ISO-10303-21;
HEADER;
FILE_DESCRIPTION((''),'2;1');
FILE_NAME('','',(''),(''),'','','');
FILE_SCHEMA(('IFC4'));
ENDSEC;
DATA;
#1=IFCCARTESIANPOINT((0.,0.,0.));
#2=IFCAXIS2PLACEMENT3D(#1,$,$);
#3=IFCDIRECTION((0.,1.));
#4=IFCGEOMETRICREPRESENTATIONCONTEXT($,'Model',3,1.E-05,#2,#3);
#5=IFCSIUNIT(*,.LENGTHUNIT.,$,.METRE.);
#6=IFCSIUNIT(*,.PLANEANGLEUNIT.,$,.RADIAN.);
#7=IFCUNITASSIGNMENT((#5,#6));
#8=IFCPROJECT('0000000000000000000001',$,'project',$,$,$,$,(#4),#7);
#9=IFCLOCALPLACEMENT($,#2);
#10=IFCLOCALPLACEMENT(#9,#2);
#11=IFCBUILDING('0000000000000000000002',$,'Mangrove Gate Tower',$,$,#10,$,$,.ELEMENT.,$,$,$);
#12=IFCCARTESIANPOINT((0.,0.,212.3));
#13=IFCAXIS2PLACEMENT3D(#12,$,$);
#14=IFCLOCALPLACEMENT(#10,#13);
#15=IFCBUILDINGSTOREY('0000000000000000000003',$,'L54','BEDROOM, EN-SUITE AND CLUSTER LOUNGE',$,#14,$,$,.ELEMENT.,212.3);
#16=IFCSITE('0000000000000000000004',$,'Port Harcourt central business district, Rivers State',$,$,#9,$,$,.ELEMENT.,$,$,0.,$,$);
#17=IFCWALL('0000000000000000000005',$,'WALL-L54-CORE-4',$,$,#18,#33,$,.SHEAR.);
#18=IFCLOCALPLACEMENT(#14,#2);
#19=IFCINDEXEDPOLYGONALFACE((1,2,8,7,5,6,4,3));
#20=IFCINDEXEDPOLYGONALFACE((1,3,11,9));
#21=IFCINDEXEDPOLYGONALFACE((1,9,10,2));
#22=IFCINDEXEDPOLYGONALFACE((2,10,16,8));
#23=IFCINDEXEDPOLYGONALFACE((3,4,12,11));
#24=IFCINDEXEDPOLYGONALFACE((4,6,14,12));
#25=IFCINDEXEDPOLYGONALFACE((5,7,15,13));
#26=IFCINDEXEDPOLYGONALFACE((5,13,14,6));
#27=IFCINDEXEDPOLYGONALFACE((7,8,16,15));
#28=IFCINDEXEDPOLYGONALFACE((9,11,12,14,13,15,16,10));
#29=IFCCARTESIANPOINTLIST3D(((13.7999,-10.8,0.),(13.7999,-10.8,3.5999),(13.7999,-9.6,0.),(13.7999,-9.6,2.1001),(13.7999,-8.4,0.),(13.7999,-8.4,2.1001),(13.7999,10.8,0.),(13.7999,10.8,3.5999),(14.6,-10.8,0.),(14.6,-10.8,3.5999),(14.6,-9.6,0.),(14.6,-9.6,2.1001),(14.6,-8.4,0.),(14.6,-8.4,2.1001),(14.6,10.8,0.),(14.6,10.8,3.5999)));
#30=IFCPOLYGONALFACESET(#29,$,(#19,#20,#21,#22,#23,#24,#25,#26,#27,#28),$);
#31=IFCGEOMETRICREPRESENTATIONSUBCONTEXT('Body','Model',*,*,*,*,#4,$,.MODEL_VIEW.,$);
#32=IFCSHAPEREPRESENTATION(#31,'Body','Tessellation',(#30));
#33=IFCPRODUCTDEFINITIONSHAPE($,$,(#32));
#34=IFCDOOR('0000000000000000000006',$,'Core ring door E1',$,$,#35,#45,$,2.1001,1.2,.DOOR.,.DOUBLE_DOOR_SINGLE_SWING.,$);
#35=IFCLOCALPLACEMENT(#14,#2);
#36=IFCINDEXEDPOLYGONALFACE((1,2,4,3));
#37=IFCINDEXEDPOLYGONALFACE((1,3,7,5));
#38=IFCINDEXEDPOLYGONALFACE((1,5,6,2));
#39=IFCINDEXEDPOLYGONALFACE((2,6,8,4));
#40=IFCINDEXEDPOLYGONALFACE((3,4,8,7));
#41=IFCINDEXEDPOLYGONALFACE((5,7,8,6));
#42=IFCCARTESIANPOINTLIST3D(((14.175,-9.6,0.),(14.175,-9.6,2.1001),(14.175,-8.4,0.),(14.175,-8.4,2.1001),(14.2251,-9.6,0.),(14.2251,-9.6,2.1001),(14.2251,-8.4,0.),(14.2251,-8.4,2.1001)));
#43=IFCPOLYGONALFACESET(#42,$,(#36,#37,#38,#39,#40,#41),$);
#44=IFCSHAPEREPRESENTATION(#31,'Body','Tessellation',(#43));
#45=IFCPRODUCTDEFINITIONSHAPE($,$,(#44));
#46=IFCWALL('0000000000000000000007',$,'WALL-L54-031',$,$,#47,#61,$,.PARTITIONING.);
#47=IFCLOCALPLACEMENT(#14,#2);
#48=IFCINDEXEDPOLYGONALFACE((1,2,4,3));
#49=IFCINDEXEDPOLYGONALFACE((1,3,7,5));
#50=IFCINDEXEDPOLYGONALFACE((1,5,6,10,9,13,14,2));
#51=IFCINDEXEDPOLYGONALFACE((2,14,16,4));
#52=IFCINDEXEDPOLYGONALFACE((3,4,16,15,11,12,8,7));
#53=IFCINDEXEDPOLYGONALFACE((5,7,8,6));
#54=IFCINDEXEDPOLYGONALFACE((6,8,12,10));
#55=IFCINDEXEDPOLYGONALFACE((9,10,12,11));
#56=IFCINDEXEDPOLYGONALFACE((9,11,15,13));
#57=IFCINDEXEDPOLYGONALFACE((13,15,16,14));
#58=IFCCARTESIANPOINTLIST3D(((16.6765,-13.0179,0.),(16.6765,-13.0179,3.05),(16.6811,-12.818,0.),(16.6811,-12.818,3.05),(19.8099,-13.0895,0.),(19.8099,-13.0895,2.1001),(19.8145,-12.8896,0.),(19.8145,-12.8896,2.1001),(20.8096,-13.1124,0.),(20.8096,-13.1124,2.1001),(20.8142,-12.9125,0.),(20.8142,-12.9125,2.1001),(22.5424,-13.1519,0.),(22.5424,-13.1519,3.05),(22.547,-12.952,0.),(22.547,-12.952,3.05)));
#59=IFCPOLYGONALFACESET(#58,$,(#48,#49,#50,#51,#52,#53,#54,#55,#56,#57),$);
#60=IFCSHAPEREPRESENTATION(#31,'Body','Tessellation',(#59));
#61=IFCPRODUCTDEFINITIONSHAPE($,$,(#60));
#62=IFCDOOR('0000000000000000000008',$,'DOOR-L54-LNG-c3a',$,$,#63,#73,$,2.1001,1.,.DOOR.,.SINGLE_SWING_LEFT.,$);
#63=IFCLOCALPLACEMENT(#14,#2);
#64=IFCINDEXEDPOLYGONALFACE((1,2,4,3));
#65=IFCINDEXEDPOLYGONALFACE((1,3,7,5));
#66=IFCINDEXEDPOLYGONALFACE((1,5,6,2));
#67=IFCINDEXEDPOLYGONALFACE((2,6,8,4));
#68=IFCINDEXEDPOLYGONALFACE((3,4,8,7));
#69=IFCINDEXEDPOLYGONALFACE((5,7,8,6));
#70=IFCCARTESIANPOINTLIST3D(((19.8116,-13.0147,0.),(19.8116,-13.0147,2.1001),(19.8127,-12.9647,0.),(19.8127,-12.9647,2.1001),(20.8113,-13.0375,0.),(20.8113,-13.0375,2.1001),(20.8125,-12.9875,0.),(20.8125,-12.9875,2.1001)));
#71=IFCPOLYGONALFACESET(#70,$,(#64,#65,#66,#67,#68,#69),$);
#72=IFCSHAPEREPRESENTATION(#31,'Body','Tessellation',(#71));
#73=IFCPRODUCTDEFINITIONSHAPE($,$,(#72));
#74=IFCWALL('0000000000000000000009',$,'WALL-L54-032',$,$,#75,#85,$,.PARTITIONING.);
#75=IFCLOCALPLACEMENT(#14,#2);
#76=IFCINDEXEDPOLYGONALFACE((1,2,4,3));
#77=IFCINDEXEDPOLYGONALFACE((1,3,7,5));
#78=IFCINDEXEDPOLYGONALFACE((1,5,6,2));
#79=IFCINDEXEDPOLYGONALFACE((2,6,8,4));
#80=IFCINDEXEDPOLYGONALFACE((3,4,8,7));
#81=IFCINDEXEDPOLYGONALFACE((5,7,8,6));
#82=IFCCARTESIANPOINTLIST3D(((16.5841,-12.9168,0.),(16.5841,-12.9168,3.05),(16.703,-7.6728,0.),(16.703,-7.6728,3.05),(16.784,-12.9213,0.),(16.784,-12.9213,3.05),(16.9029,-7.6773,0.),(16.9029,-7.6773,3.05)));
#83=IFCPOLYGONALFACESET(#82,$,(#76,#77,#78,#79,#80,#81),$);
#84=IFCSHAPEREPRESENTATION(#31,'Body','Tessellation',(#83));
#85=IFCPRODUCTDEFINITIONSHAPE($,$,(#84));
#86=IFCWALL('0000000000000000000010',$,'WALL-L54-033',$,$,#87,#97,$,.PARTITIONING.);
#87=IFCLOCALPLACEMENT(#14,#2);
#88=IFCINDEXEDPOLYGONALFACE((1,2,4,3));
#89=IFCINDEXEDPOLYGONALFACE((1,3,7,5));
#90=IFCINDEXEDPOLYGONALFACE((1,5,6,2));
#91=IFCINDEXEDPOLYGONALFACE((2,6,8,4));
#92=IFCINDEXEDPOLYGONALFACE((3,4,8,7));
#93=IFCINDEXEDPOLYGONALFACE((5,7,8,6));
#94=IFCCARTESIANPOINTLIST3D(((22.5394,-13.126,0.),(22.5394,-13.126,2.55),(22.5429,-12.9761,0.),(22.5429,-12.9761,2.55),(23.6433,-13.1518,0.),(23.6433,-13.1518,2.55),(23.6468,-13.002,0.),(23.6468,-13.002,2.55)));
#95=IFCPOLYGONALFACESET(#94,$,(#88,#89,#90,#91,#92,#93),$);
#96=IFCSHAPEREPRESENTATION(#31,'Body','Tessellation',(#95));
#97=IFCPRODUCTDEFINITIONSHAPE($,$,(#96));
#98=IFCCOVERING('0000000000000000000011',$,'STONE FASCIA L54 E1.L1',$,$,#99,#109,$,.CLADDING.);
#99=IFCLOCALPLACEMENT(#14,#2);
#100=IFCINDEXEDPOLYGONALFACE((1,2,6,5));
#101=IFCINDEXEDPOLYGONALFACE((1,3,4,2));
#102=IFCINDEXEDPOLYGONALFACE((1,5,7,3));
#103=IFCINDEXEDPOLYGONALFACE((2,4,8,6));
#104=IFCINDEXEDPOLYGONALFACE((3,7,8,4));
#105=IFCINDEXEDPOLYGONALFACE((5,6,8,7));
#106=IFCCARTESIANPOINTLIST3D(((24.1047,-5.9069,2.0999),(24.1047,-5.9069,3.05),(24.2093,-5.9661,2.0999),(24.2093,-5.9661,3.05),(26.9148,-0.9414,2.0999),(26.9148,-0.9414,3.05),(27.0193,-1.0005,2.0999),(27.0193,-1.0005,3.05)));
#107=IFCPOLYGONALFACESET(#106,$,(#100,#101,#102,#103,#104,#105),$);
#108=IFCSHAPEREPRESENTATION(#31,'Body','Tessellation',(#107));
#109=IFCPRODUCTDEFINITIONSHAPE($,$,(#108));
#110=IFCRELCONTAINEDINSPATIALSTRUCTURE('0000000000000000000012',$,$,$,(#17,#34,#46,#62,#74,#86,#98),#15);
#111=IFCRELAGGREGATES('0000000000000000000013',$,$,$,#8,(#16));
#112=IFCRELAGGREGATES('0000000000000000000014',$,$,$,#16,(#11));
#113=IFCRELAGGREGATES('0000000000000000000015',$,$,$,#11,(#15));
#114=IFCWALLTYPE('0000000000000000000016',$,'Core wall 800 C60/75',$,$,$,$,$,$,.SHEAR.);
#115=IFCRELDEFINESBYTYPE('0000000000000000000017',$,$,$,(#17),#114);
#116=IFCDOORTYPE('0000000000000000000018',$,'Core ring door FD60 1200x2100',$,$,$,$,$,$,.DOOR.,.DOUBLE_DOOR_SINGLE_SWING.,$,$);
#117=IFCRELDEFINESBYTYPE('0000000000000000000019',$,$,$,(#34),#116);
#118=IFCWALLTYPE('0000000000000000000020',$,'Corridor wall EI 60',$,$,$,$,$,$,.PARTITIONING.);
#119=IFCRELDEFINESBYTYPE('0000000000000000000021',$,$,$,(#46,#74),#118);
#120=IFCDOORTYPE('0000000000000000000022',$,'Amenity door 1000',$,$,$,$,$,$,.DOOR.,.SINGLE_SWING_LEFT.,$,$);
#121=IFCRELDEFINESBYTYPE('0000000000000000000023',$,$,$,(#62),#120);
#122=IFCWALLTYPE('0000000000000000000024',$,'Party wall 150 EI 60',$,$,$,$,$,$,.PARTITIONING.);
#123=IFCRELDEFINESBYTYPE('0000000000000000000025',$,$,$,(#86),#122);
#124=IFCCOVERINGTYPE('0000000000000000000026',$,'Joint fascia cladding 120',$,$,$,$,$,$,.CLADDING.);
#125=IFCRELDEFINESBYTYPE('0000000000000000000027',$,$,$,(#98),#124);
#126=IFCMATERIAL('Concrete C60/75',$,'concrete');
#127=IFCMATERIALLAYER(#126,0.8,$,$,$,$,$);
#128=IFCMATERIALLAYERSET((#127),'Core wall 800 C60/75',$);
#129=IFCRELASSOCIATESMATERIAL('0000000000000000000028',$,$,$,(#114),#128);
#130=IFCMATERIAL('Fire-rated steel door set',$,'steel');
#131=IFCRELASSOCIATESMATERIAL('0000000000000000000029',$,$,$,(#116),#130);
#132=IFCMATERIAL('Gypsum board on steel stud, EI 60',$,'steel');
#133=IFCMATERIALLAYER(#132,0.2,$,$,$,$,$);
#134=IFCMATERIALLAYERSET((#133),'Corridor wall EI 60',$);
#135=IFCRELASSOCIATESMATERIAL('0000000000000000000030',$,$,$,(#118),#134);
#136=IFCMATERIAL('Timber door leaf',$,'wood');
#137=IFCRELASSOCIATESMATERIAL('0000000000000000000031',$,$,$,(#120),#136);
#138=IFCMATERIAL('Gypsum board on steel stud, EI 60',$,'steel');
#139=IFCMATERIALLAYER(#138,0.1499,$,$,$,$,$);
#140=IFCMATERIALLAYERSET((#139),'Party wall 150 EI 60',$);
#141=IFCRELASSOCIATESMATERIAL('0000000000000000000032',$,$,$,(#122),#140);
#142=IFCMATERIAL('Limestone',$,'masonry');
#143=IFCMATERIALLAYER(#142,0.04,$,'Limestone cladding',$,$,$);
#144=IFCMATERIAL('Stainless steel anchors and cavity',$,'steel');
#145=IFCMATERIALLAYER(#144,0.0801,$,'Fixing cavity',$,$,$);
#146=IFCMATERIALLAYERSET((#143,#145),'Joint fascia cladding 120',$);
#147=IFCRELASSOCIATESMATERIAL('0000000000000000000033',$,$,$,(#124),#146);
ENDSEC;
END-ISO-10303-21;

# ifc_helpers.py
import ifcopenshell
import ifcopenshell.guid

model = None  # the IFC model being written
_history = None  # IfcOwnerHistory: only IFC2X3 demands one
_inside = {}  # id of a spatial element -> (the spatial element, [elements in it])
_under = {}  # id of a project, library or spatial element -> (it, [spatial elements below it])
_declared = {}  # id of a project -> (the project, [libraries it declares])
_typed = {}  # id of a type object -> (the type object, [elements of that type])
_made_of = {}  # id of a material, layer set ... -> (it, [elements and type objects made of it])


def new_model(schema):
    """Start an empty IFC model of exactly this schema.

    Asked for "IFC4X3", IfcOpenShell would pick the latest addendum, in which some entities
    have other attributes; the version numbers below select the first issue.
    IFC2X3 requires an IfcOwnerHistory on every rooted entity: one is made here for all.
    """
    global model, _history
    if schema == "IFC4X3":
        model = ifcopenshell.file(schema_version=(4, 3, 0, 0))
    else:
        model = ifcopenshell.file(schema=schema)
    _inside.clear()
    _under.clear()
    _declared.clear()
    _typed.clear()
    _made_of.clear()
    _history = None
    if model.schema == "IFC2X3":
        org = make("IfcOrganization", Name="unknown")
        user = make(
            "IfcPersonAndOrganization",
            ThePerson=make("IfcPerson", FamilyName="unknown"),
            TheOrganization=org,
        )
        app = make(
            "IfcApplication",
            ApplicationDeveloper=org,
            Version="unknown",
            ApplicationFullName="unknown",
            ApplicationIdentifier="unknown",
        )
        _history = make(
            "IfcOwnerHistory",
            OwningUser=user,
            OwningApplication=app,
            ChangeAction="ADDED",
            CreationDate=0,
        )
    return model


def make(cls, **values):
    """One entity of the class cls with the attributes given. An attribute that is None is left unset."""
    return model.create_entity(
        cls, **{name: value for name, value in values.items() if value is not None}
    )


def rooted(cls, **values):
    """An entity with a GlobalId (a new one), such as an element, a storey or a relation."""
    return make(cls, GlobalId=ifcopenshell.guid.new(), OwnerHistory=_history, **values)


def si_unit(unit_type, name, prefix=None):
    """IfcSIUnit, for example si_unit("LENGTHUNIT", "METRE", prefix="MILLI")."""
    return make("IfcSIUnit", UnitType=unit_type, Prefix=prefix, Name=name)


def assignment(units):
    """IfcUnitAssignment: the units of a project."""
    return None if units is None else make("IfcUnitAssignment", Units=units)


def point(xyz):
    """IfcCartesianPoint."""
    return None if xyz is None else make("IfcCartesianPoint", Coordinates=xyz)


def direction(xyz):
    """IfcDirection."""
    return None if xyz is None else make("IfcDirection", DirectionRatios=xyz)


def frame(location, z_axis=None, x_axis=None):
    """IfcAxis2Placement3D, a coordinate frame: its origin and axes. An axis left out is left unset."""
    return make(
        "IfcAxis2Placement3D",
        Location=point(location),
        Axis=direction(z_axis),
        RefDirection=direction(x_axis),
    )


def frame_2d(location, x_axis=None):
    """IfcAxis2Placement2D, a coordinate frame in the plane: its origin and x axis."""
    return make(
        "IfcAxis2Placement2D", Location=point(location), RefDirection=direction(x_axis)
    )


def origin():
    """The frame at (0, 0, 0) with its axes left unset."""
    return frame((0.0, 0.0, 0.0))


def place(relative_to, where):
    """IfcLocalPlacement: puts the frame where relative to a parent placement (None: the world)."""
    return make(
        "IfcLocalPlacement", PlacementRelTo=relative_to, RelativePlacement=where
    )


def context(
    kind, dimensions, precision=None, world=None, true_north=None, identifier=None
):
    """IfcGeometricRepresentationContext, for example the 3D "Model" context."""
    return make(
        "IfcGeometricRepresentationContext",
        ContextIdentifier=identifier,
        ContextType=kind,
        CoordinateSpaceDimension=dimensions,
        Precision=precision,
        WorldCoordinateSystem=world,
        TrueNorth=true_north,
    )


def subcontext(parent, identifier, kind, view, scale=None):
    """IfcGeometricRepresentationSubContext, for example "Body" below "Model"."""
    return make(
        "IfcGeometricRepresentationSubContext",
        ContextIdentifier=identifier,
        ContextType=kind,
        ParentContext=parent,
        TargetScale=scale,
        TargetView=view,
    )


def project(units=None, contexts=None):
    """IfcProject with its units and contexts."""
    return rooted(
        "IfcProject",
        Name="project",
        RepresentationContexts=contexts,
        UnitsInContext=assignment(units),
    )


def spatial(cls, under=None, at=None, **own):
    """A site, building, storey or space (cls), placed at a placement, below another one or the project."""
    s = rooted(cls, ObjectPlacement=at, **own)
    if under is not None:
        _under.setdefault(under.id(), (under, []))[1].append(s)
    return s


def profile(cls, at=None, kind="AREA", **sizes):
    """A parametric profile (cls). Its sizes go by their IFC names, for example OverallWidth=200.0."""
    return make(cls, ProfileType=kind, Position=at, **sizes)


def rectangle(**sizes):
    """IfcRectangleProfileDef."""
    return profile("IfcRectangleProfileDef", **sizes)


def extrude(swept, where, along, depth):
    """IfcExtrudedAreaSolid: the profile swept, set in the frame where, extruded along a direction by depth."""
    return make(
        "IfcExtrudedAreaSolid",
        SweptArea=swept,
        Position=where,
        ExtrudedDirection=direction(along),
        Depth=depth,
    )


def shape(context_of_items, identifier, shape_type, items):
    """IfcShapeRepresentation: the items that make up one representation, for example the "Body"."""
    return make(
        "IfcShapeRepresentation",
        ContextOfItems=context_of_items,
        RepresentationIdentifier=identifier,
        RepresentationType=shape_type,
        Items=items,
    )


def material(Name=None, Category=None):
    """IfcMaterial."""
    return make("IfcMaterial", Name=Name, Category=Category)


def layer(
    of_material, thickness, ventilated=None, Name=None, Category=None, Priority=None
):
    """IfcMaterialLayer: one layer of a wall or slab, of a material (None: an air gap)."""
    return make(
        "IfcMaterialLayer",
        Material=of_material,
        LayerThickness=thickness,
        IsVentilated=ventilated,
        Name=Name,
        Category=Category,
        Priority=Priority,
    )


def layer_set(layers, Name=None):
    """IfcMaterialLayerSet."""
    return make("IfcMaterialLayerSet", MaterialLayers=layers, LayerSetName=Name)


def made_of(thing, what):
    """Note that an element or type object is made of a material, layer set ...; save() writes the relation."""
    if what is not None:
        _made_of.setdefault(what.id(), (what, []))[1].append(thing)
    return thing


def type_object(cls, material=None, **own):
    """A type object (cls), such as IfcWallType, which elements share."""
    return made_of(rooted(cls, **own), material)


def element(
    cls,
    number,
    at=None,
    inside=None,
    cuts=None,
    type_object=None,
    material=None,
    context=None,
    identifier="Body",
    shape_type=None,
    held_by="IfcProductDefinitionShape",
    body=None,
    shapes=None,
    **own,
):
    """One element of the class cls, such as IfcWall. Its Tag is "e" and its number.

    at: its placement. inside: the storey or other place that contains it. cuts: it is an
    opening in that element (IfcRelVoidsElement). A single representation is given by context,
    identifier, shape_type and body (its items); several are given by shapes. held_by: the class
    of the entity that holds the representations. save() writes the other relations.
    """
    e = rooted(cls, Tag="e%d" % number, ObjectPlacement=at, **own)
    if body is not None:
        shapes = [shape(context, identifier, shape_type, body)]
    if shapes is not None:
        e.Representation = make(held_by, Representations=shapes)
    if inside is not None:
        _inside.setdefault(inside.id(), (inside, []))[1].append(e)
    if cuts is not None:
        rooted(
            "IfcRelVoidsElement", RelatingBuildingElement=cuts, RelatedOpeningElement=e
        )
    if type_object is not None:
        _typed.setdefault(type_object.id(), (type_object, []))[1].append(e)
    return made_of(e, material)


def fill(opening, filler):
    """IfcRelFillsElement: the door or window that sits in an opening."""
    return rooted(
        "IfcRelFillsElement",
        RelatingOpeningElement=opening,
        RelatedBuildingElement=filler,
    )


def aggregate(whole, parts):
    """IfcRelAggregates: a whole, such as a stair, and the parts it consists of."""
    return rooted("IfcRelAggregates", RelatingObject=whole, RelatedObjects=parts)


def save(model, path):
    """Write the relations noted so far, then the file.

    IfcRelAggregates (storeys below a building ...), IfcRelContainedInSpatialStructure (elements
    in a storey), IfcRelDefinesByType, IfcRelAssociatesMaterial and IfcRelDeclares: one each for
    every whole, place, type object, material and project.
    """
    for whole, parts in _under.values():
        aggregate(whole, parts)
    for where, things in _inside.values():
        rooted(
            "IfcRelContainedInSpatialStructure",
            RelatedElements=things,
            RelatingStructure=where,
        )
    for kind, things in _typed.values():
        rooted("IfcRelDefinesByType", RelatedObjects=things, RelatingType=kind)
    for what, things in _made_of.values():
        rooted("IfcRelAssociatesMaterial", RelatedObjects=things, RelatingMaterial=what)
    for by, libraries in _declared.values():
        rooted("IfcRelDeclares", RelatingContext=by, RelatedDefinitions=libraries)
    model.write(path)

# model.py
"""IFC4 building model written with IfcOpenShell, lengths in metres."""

from ifc_helpers import new_model, si_unit, direction, frame, frame_2d, origin, place, context, subcontext, project, spatial, rectangle, extrude, material, layer, layer_set, type_object, element, fill, save


model = new_model("IFC4")

# Units and contexts
model_context = context("Model", 3, precision=1e-05, world=origin(), true_north=direction((0.0, 1.0)))
body_context = subcontext(model_context, "Body", "Model", "MODEL_VIEW")
ifc_project = project(units=[si_unit("LENGTHUNIT", "METRE"), si_unit("PLANEANGLEUNIT", "RADIAN")], contexts=[model_context])

# Site, building, storey
site_placement = place(None, origin())
site = spatial("IfcSite", under=ifc_project, at=site_placement, Name="Port Harcourt central business district, Rivers State", CompositionType="ELEMENT", RefElevation=0.0)
building_placement = place(site_placement, origin())
building = spatial("IfcBuilding", under=site, at=building_placement, Name="Mangrove Gate Tower", CompositionType="ELEMENT")
storey_placement = place(building_placement, frame((0.0, 0.0, 212.3)))
storey = spatial("IfcBuildingStorey", under=building, at=storey_placement, Name="L54", Description="BEDROOM, EN-SUITE AND CLUSTER LOUNGE", CompositionType="ELEMENT", Elevation=212.3)

# Walls, openings, doors
ifc_material_1 = material(Name="Concrete C60/75", Category="concrete")
ifc_layer_1 = layer(ifc_material_1, 0.8)
ifc_layer_set_1 = layer_set([ifc_layer_1], Name="Core wall 800 C60/75")
wall_type_1 = type_object("IfcWallType", Name="Core wall 800 C60/75", PredefinedType="SHEAR", material=ifc_layer_set_1)
wall_1_placement = place(storey_placement, frame((14.2, -10.8, 0.0), z_axis=(0.0, 0.0, 1.0), x_axis=(0.0, 1.0, 0.0)))
wall_1 = element("IfcWall", 1, at=wall_1_placement, inside=storey, type_object=wall_type_1, Name="WALL-L54-CORE-4", PredefinedType="SHEAR", context=body_context, shape_type="SweptSolid", body=[
    extrude(rectangle(XDim=21.6001, YDim=0.8, at=frame_2d((10.8, 0.0))), origin(), (0.0, 0.0, 1.0), 3.5999),
])
opening_1_placement = place(wall_1_placement, frame((1.2, 0.0, 0.0)))
opening_1 = element("IfcOpeningElement", 2, at=opening_1_placement, cuts=wall_1, PredefinedType="OPENING", context=body_context, shape_type="SweptSolid", body=[
    extrude(rectangle(XDim=1.2, YDim=2.1001, at=frame_2d((0.6001, 1.05))), frame((0.0, 0.4099, 0.0), z_axis=(0.0, -1.0, 0.0), x_axis=(1.0, 0.0, 0.0)), (0.0, 0.0, 1.0), 0.8201),
])
ifc_material_2 = material(Name="Fire-rated steel door set", Category="steel")
door_type_1 = type_object("IfcDoorType", Name="Core ring door FD60 1200x2100", OperationType="DOUBLE_DOOR_SINGLE_SWING", PredefinedType="DOOR", material=ifc_material_2)
door_1_placement = place(opening_1_placement, origin())
door_1 = element("IfcDoor", 3, at=door_1_placement, inside=storey, type_object=door_type_1, Name="Core ring door E1", OperationType="DOUBLE_DOOR_SINGLE_SWING", OverallHeight=2.1001, OverallWidth=1.2, PredefinedType="DOOR", context=body_context, shape_type="SweptSolid", body=[
    extrude(rectangle(XDim=1.2, YDim=2.1001, at=frame_2d((0.6001, 1.05))), frame((0.0, 0.0249, 0.0), z_axis=(0.0, -1.0, 0.0), x_axis=(1.0, 0.0, 0.0)), (0.0, 0.0, 1.0), 0.05),
])
fill(opening_1, door_1)
ifc_material_3 = material(Name="Gypsum board on steel stud, EI 60", Category="steel")
ifc_layer_2 = layer(ifc_material_3, 0.2)
ifc_layer_set_2 = layer_set([ifc_layer_2], Name="Corridor wall EI 60")
wall_type_2 = type_object("IfcWallType", Name="Corridor wall EI 60", PredefinedType="PARTITIONING", material=ifc_layer_set_2)
wall_2_placement = place(storey_placement, frame((16.679, -12.918, 0.0), z_axis=(0.0, 0.0, 1.0), x_axis=(0.999739, -0.022843, 0.0)))
wall_2 = element("IfcWall", 4, at=wall_2_placement, inside=storey, type_object=wall_type_2, Name="WALL-L54-031", PredefinedType="PARTITIONING", context=body_context, shape_type="SweptSolid", body=[
    extrude(rectangle(XDim=5.8674, YDim=0.2, at=frame_2d((2.9336, 0.0))), origin(), (0.0, 0.0, 1.0), 3.05),
])
opening_2_placement = place(wall_2_placement, frame((3.134, 0.0, 0.0)))
opening_2 = element("IfcOpeningElement", 5, at=opening_2_placement, cuts=wall_2, PredefinedType="OPENING", context=body_context, shape_type="SweptSolid", body=[
    extrude(rectangle(XDim=1.0, YDim=2.1001, at=frame_2d((0.5, 1.05))), frame((0.0, 0.1099, 0.0), z_axis=(0.0, -1.0, 0.0), x_axis=(1.0, 0.0, 0.0)), (0.0, 0.0, 1.0), 0.22),
])
ifc_material_4 = material(Name="Timber door leaf", Category="wood")
door_type_2 = type_object("IfcDoorType", Name="Amenity door 1000", OperationType="SINGLE_SWING_LEFT", PredefinedType="DOOR", material=ifc_material_4)
door_2_placement = place(opening_2_placement, origin())
door_2 = element("IfcDoor", 6, at=door_2_placement, inside=storey, type_object=door_type_2, Name="DOOR-L54-LNG-c3a", OperationType="SINGLE_SWING_LEFT", OverallHeight=2.1001, OverallWidth=1.0, PredefinedType="DOOR", context=body_context, shape_type="SweptSolid", body=[
    extrude(rectangle(XDim=1.0, YDim=2.1001, at=frame_2d((0.5, 1.05))), frame((0.0, 0.0249, 0.0), z_axis=(0.0, -1.0, 0.0), x_axis=(1.0, 0.0, 0.0)), (0.0, 0.0, 1.0), 0.05),
])
fill(opening_2, door_2)

# Walls
wall_3_placement = place(storey_placement, frame((16.6841, -12.9189, 0.0), z_axis=(0.0, 0.0, 1.0), x_axis=(0.022667, 0.999743, 0.0)))
element("IfcWall", 7, at=wall_3_placement, inside=storey, type_object=wall_type_2, Name="WALL-L54-032", PredefinedType="PARTITIONING", context=body_context, shape_type="SweptSolid", body=[
    extrude(rectangle(XDim=5.2454, YDim=0.2, at=frame_2d((2.6226, 0.0))), origin(), (0.0, 0.0, 1.0), 3.05),
])
ifc_material_5 = material(Name="Gypsum board on steel stud, EI 60", Category="steel")
ifc_layer_3 = layer(ifc_material_5, 0.1499)
ifc_layer_set_3 = layer_set([ifc_layer_3], Name="Party wall 150 EI 60")
wall_type_3 = type_object("IfcWallType", Name="Party wall 150 EI 60", PredefinedType="PARTITIONING", material=ifc_layer_set_3)
wall_4_placement = place(storey_placement, frame((22.541, -13.051, 0.0), z_axis=(0.0, 0.0, 1.0), x_axis=(0.999725, -0.023435, 0.0)))
element("IfcWall", 8, at=wall_4_placement, inside=storey, type_object=wall_type_3, Name="WALL-L54-033", PredefinedType="PARTITIONING", context=body_context, shape_type="SweptSolid", body=[
    extrude(rectangle(XDim=1.1042, YDim=0.1499, at=frame_2d((0.5522, 0.0))), origin(), (0.0, 0.0, 1.0), 2.55),
])

# Covering
ifc_material_6 = material(Name="Limestone", Category="masonry")
ifc_layer_4 = layer(ifc_material_6, 0.04, Name="Limestone cladding")
ifc_material_7 = material(Name="Stainless steel anchors and cavity", Category="steel")
ifc_layer_5 = layer(ifc_material_7, 0.0801, Name="Fixing cavity")
ifc_layer_set_4 = layer_set([ifc_layer_4, ifc_layer_5], Name="Joint fascia cladding 120")
covering_type = type_object("IfcCoveringType", Name="Joint fascia cladding 120", PredefinedType="CLADDING", material=ifc_layer_set_4)
covering_placement = place(storey_placement, frame((24.157, -5.9365, 2.0999), z_axis=(0.0, 0.0, 1.0), x_axis=(0.492513, 0.870305, 0.0)))
element("IfcCovering", 9, at=covering_placement, inside=storey, type_object=covering_type, Name="STONE FASCIA L54 E1.L1", PredefinedType="CLADDING", context=body_context, shape_type="SweptSolid", body=[
    extrude(rectangle(XDim=5.7056, YDim=0.1201, at=frame_2d((2.8528, 0.0))), origin(), (0.0, 0.0, 1.0), 0.9502),
])

save(model, "model.ifc")
